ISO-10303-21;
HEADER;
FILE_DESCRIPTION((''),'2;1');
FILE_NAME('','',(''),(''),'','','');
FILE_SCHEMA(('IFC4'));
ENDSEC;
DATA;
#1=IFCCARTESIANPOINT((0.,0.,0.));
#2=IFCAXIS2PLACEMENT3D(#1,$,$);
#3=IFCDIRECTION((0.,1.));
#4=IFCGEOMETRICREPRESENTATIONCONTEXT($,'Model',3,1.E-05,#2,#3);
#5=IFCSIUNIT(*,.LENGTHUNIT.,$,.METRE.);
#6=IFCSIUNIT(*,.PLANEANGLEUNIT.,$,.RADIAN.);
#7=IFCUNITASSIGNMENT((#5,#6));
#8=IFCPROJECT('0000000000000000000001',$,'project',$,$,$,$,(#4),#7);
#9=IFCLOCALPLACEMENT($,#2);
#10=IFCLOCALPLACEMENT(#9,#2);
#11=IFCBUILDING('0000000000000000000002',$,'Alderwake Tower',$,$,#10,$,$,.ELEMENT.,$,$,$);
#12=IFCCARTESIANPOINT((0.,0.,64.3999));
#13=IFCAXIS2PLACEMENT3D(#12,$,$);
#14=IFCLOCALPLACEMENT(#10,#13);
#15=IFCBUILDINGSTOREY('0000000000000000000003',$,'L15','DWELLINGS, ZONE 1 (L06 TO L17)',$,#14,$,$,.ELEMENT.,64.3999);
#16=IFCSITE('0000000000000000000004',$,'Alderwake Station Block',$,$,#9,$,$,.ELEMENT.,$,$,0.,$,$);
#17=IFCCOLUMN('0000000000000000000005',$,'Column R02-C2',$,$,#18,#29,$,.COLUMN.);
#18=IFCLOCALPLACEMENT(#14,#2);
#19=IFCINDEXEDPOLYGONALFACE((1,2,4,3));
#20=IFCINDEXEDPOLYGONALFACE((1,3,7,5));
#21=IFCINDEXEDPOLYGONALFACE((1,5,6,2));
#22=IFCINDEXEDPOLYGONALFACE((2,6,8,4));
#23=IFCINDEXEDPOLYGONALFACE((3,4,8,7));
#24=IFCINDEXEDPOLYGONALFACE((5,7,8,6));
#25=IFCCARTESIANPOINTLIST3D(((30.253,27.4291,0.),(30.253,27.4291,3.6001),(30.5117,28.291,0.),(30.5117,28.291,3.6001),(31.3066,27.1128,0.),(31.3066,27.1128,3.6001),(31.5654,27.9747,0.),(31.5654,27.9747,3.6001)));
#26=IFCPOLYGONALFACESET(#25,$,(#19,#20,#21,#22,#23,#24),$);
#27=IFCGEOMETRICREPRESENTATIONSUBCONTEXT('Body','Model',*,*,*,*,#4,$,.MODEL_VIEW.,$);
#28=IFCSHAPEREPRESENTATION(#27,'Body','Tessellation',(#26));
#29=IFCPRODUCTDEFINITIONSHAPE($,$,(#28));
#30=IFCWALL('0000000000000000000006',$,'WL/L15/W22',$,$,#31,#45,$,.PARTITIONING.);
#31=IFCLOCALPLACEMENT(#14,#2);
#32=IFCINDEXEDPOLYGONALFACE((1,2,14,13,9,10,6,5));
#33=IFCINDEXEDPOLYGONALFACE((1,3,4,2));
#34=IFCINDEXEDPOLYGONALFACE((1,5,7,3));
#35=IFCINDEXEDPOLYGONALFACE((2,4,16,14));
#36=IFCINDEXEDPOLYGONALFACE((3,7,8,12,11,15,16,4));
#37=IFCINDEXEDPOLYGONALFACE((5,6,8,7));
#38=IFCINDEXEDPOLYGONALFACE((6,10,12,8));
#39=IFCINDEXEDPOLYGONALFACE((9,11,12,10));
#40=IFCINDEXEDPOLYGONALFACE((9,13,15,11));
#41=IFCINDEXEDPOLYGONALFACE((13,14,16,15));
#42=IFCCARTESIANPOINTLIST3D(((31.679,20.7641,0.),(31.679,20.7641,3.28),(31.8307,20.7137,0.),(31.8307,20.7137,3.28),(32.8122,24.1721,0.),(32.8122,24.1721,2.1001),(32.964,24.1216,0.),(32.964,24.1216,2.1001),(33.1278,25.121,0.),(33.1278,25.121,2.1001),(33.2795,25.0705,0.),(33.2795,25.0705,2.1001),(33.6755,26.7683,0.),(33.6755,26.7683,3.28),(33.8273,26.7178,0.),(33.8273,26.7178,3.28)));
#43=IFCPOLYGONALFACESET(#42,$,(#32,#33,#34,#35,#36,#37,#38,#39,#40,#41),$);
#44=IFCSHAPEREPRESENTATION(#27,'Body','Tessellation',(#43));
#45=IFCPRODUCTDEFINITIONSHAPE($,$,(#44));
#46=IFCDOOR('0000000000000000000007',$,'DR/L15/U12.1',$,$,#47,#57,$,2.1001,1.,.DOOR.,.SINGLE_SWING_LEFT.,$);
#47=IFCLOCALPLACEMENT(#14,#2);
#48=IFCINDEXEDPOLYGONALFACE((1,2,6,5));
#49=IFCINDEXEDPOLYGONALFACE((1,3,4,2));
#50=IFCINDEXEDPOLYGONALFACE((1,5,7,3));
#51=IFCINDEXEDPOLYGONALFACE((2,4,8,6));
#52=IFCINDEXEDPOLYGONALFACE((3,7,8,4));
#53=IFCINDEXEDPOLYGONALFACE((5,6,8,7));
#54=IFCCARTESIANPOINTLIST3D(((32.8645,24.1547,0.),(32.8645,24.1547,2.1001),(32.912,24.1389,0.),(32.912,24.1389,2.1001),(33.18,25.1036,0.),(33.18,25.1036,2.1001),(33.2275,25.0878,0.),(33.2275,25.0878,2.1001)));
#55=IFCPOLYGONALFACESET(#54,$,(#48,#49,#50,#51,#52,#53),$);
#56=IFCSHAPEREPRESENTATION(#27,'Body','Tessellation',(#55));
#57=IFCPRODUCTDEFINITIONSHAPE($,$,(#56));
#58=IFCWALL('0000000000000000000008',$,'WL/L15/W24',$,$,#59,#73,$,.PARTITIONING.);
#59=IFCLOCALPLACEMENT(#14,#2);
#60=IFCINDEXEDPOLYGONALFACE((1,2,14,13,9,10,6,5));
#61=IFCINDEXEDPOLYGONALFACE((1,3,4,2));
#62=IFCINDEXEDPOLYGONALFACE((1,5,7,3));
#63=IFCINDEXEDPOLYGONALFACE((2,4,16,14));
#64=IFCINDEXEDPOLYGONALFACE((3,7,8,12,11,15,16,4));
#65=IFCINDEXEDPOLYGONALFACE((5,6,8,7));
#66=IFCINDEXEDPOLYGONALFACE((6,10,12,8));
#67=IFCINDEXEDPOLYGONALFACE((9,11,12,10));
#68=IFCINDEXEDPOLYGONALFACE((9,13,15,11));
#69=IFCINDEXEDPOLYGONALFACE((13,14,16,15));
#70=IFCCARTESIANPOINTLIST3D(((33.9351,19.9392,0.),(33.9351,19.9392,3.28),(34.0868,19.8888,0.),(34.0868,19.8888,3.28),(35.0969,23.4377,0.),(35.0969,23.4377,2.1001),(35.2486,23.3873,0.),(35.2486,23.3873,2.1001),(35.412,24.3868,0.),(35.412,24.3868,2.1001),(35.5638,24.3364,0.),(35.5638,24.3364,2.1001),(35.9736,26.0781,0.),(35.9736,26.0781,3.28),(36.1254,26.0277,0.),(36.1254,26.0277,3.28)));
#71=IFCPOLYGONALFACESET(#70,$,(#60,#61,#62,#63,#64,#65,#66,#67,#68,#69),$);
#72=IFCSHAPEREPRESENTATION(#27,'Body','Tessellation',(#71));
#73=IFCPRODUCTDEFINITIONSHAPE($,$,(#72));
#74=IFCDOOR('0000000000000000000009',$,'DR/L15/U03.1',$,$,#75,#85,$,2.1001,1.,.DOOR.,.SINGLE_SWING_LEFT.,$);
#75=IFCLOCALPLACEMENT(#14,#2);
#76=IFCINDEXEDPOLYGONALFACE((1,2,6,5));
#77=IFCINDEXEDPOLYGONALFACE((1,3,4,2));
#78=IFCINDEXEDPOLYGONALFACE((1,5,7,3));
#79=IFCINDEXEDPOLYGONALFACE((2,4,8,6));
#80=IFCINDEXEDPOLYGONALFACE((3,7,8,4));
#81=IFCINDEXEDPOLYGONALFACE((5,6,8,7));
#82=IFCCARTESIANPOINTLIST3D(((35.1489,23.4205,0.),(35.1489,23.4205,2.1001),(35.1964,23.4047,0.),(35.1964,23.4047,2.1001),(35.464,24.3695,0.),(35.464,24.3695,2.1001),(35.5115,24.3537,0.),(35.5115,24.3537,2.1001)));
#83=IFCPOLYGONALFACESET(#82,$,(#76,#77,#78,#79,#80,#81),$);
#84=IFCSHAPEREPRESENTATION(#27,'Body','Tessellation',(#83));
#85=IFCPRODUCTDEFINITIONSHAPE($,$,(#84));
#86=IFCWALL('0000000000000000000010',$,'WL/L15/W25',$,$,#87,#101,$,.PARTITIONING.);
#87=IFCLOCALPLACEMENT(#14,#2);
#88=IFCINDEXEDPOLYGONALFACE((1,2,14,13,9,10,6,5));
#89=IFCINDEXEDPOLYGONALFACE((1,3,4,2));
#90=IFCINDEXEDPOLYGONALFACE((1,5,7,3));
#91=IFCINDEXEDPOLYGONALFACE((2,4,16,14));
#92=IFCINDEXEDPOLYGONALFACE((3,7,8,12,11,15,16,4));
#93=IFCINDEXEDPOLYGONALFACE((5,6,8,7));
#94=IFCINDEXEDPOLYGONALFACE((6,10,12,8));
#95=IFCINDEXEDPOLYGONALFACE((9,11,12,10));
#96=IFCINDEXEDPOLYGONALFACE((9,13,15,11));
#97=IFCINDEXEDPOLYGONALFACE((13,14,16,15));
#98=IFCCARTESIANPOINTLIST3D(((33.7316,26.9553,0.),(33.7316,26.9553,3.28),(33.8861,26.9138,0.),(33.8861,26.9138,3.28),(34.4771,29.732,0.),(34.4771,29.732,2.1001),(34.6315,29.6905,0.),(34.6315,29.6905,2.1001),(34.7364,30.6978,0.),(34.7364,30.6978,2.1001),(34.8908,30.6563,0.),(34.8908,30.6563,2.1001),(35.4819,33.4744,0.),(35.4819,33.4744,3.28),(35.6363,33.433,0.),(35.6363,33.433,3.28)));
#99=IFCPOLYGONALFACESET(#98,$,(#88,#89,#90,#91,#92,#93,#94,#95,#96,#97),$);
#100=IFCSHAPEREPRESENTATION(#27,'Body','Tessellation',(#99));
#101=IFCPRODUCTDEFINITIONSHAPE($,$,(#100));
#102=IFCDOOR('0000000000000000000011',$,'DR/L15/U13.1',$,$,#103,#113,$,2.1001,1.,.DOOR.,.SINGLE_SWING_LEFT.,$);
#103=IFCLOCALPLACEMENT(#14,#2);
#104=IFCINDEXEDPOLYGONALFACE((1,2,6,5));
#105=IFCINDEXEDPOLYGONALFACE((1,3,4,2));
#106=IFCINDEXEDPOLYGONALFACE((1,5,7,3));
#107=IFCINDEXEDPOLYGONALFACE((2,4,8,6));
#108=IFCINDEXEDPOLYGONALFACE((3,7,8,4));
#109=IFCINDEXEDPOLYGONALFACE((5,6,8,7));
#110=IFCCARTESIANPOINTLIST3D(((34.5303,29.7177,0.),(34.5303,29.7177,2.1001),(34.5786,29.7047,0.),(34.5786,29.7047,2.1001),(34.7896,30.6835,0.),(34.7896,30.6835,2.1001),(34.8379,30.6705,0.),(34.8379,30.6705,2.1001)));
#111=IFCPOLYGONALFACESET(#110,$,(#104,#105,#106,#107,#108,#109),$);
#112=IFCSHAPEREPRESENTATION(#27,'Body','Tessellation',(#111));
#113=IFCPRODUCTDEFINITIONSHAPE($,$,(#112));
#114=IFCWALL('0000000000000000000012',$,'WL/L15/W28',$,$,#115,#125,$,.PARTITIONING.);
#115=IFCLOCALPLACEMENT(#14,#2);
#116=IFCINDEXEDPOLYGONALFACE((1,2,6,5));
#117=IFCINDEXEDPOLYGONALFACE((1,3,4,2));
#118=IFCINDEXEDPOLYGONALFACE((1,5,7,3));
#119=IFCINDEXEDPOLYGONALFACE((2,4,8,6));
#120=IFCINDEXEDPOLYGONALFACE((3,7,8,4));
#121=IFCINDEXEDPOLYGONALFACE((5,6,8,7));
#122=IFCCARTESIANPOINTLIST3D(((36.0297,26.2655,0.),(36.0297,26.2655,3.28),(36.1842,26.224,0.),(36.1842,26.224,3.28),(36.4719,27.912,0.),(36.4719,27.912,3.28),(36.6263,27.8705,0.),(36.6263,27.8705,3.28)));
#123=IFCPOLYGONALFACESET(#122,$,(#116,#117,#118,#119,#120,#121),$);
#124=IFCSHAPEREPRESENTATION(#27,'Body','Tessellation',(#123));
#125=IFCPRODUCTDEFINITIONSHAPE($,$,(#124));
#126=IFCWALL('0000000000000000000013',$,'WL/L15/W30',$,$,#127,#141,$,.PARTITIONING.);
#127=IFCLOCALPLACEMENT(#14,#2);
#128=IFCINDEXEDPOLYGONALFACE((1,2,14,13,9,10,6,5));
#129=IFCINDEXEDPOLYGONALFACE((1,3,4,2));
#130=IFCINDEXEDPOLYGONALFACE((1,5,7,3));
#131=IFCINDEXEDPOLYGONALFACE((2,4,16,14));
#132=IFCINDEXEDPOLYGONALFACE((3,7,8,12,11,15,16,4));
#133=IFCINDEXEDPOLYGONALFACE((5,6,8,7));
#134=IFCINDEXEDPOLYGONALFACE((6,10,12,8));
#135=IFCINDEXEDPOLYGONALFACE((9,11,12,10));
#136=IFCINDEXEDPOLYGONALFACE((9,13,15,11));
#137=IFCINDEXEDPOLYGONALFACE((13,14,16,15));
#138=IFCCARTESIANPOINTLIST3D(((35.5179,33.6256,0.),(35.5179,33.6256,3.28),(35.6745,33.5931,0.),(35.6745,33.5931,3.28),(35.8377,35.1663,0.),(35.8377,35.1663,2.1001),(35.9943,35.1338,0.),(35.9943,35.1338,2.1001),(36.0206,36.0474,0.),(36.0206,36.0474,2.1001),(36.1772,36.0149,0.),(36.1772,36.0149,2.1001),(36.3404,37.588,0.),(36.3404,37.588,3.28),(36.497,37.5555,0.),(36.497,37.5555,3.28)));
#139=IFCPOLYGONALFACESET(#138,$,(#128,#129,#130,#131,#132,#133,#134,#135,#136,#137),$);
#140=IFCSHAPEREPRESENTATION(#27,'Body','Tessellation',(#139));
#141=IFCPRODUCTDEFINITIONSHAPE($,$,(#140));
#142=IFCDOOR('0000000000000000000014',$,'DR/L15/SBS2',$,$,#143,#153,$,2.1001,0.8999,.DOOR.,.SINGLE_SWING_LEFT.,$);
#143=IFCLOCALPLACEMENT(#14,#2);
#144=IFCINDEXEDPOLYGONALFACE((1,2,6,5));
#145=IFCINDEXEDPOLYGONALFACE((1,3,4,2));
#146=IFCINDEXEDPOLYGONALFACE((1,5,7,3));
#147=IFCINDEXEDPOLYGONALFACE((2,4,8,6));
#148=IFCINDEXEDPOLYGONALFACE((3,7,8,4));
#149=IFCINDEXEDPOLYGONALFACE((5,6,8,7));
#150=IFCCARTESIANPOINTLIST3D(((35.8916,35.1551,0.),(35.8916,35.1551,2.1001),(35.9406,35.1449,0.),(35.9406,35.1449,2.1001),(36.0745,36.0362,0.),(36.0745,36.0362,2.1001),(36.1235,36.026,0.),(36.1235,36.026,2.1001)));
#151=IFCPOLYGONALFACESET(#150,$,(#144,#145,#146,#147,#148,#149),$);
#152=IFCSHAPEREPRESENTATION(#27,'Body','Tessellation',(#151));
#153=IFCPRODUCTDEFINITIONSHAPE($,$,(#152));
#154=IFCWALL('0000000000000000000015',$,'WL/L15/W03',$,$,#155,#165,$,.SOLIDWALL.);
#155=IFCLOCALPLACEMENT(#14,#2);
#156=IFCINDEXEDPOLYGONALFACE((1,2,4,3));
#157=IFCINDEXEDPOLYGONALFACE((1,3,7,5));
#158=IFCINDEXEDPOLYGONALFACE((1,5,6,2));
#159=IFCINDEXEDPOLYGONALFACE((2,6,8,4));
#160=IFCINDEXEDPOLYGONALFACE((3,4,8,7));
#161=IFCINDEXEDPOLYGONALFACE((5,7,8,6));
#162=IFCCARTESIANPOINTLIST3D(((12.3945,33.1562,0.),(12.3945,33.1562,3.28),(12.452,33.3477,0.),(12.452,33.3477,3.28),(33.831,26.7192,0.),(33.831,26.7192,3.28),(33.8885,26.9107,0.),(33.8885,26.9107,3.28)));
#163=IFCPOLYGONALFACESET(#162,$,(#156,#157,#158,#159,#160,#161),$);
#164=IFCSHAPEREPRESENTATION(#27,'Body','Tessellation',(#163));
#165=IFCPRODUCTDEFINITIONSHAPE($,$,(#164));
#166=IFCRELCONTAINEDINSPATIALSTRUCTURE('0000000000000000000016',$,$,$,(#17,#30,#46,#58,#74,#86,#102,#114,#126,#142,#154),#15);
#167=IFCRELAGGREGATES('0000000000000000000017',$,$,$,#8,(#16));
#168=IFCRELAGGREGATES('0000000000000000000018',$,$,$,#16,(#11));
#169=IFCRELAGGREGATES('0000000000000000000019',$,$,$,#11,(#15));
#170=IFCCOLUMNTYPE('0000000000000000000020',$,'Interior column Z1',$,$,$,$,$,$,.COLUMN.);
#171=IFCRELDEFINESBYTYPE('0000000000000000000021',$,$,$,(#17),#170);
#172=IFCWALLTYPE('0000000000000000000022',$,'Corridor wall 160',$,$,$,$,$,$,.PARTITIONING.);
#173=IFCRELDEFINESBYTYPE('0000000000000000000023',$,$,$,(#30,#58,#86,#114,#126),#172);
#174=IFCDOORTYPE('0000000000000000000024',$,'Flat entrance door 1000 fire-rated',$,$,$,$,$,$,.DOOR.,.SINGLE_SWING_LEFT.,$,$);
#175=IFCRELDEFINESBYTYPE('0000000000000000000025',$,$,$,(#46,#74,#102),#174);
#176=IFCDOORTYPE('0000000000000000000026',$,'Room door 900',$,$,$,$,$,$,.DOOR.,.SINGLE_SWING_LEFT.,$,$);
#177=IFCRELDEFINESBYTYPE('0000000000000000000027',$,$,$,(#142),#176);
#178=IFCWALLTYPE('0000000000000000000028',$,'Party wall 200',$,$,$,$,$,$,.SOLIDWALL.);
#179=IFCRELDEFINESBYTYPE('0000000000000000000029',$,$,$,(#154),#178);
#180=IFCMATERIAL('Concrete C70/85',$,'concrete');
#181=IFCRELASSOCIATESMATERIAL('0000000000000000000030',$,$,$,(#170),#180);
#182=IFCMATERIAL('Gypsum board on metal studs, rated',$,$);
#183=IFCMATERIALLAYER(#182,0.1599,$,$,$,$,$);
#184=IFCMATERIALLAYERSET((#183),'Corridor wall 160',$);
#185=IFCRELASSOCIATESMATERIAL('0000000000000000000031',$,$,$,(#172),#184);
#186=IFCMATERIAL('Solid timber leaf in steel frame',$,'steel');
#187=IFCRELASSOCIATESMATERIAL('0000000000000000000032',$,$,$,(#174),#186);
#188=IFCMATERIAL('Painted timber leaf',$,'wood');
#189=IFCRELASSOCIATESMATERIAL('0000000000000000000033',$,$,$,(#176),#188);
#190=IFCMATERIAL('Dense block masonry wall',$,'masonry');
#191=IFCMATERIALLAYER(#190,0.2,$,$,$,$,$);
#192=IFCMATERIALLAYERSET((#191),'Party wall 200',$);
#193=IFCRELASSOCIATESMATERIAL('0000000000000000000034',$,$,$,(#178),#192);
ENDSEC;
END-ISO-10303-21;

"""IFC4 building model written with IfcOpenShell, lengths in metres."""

from ifc_helpers import new_model, si_unit, direction, frame, frame_2d, origin, origin_2d, place, context, subcontext, project, spatial, rectangle, extrude, material, layer, layer_set, material_profile, profile_set, type_object, element, fill, save


model = new_model("IFC4")

# Units and contexts
model_context = context("Model", 3, precision=1e-05, world=origin(), true_north=direction((0.0, 1.0)))
body_context = subcontext(model_context, "Body", "Model", "MODEL_VIEW")
ifc_project = project(units=[si_unit("LENGTHUNIT", "METRE"), si_unit("PLANEANGLEUNIT", "RADIAN")], contexts=[model_context])

# Site, building, storey
site_placement = place(None, origin())
site = spatial("IfcSite", under=ifc_project, at=site_placement, Name="Alderwake Station Block", CompositionType="ELEMENT", RefElevation=0.0)
building_placement = place(site_placement, origin())
building = spatial("IfcBuilding", under=site, at=building_placement, Name="Alderwake Tower", CompositionType="ELEMENT")
storey_placement = place(building_placement, frame((0.0, 0.0, 64.3999)))
storey = spatial("IfcBuildingStorey", under=building, at=storey_placement, Name="L15", Description="DWELLINGS, ZONE 1 (L06 TO L17)", CompositionType="ELEMENT", Elevation=64.3999)

# Column
ifc_material_1 = material(Name="Concrete C70/85", Category="concrete")
ifc_material_profile_1 = material_profile(ifc_material_1, rectangle(XDim=0.8999, YDim=1.1001, at=origin_2d()), Name="RC 1100X900")
ifc_profile_set_1 = profile_set([ifc_material_profile_1], Name="Concrete C70/85")
column_type = type_object("IfcColumnType", Name="Interior column Z1", PredefinedType="COLUMN", material=ifc_profile_set_1)
column_placement = place(storey_placement, frame((30.9092, 27.7019, 0.0), z_axis=(0.0, 0.0, 1.0), x_axis=(0.287549, 0.957766, 0.0)))
element("IfcColumn", 1, at=column_placement, inside=storey, type_object=column_type, Name="Column R02-C2", PredefinedType="COLUMN", context=body_context, shape_type="SweptSolid", body=[
    extrude(rectangle(XDim=0.8999, YDim=1.1001, at=origin_2d()), origin(), (0.0, 0.0, 1.0), 3.6001),
])

# Walls, openings, doors
ifc_material_2 = material(Name="Gypsum board on metal studs, rated")
ifc_layer_1 = layer(ifc_material_2, 0.1599)
ifc_layer_set_1 = layer_set([ifc_layer_1], Name="Corridor wall 160")
wall_type_1 = type_object("IfcWallType", Name="Corridor wall 160", PredefinedType="PARTITIONING", material=ifc_layer_set_1)
wall_1_placement = place(storey_placement, frame((31.7549, 20.739, 0.0), z_axis=(0.0, 0.0, 1.0), x_axis=(0.315545, 0.948911, 0.0)))
wall_1 = element("IfcWall", 2, at=wall_1_placement, inside=storey, type_object=wall_type_1, Name="WL/L15/W22", PredefinedType="PARTITIONING", context=body_context, shape_type="SweptSolid", body=[
    extrude(rectangle(XDim=6.3274, YDim=0.1599, at=frame_2d((3.1636, 0.0))), origin(), (0.0, 0.0, 1.0), 3.28),
])
opening_1_placement = place(wall_1_placement, frame((3.5913, 0.0, 0.0)))
opening_1 = element("IfcOpeningElement", 3, at=opening_1_placement, cuts=wall_1, PredefinedType="OPENING", context=body_context, shape_type="SweptSolid", body=[
    extrude(rectangle(XDim=1.0, YDim=2.1001, at=frame_2d((0.5, 1.05))), frame((0.0, 0.0898, 0.0), z_axis=(0.0, -1.0, 0.0), x_axis=(1.0, 0.0, 0.0)), (0.0, 0.0, 1.0), 0.1799),
])
ifc_material_3 = material(Name="Solid timber leaf in steel frame", Category="steel")
door_type_1 = type_object("IfcDoorType", Name="Flat entrance door 1000 fire-rated", OperationType="SINGLE_SWING_LEFT", PredefinedType="DOOR", material=ifc_material_3)
door_1_placement = place(opening_1_placement, origin())
door_1 = element("IfcDoor", 4, at=door_1_placement, inside=storey, type_object=door_type_1, Name="DR/L15/U12.1", OperationType="SINGLE_SWING_LEFT", OverallHeight=2.1001, OverallWidth=1.0, PredefinedType="DOOR", context=body_context, shape_type="SweptSolid", body=[
    extrude(rectangle(XDim=1.0, YDim=2.1001, at=frame_2d((0.5, 1.05))), frame((0.0, 0.0249, 0.0), z_axis=(0.0, -1.0, 0.0), x_axis=(1.0, 0.0, 0.0)), (0.0, 0.0, 1.0), 0.05),
])
fill(opening_1, door_1)
wall_2_placement = place(storey_placement, frame((36.0496, 26.053, 0.0), z_axis=(0.0, 0.0, 1.0), x_axis=(-0.315152, -0.949041, 0.0)))
wall_2 = element("IfcWall", 5, at=wall_2_placement, inside=storey, type_object=wall_type_1, Name="WL/L15/W24", PredefinedType="PARTITIONING", context=body_context, shape_type="SweptSolid", body=[
    extrude(rectangle(XDim=6.4685, YDim=0.1599, at=frame_2d((3.2344, 0.0))), origin(), (0.0, 0.0, 1.0), 3.28),
])
opening_2_placement = place(wall_2_placement, frame((1.7822, 0.0, 0.0)))
opening_2 = element("IfcOpeningElement", 6, at=opening_2_placement, cuts=wall_2, PredefinedType="OPENING", context=body_context, shape_type="SweptSolid", body=[
    extrude(rectangle(XDim=1.0, YDim=2.1001, at=frame_2d((0.5, 1.05))), frame((0.0, 0.0898, 0.0), z_axis=(0.0, -1.0, 0.0), x_axis=(1.0, 0.0, 0.0)), (0.0, 0.0, 1.0), 0.1799),
])
door_2_placement = place(opening_2_placement, origin())
door_2 = element("IfcDoor", 7, at=door_2_placement, inside=storey, type_object=door_type_1, Name="DR/L15/U03.1", OperationType="SINGLE_SWING_LEFT", OverallHeight=2.1001, OverallWidth=1.0, PredefinedType="DOOR", context=body_context, shape_type="SweptSolid", body=[
    extrude(rectangle(XDim=1.0, YDim=2.1001, at=frame_2d((0.5, 1.05))), frame((0.0, 0.0249, 0.0), z_axis=(0.0, -1.0, 0.0), x_axis=(1.0, 0.0, 0.0)), (0.0, 0.0, 1.0), 0.05),
])
fill(opening_2, door_2)
wall_3_placement = place(storey_placement, frame((33.8088, 26.9346, 0.0), z_axis=(0.0, 0.0, 1.0), x_axis=(0.259299, 0.965797, 0.0)))
wall_3 = element("IfcWall", 8, at=wall_3_placement, inside=storey, type_object=wall_type_1, Name="WL/L15/W25", PredefinedType="PARTITIONING", context=body_context, shape_type="SweptSolid", body=[
    extrude(rectangle(XDim=6.75, YDim=0.1599, at=frame_2d((3.375, 0.0))), origin(), (0.0, 0.0, 1.0), 3.28),
])
opening_3_placement = place(wall_3_placement, frame((2.875, 0.0, 0.0)))
opening_3 = element("IfcOpeningElement", 9, at=opening_3_placement, cuts=wall_3, PredefinedType="OPENING", context=body_context, shape_type="SweptSolid", body=[
    extrude(rectangle(XDim=1.0, YDim=2.1001, at=frame_2d((0.5, 1.05))), frame((0.0, 0.0898, 0.0), z_axis=(0.0, -1.0, 0.0), x_axis=(1.0, 0.0, 0.0)), (0.0, 0.0, 1.0), 0.1799),
])
door_3_placement = place(opening_3_placement, origin())
door_3 = element("IfcDoor", 10, at=door_3_placement, inside=storey, type_object=door_type_1, Name="DR/L15/U13.1", OperationType="SINGLE_SWING_LEFT", OverallHeight=2.1001, OverallWidth=1.0, PredefinedType="DOOR", context=body_context, shape_type="SweptSolid", body=[
    extrude(rectangle(XDim=1.0, YDim=2.1001, at=frame_2d((0.5, 1.05))), frame((0.0, 0.0249, 0.0), z_axis=(0.0, -1.0, 0.0), x_axis=(1.0, 0.0, 0.0)), (0.0, 0.0, 1.0), 0.05),
])
fill(opening_3, door_3)

# Wall
wall_4_placement = place(storey_placement, frame((36.1069, 26.2446, 0.0), z_axis=(0.0, 0.0, 1.0), x_axis=(0.259347, 0.965784, 0.0)))
element("IfcWall", 11, at=wall_4_placement, inside=storey, type_object=wall_type_1, Name="WL/L15/W28", PredefinedType="PARTITIONING", context=body_context, shape_type="SweptSolid", body=[
    extrude(rectangle(XDim=1.7048, YDim=0.1599, at=frame_2d((0.8525, 0.0))), origin(), (0.0, 0.0, 1.0), 3.28),
])

# Wall, opening, door
wall_5_placement = place(storey_placement, frame((35.5962, 33.6094, 0.0), z_axis=(0.0, 0.0, 1.0), x_axis=(0.203246, 0.979128, 0.0)))
wall_5 = element("IfcWall", 12, at=wall_5_placement, inside=storey, type_object=wall_type_1, Name="WL/L15/W30", PredefinedType="PARTITIONING", context=body_context, shape_type="SweptSolid", body=[
    extrude(rectangle(XDim=4.0469, YDim=0.1599, at=frame_2d((2.0234, 0.0))), origin(), (0.0, 0.0, 1.0), 3.28),
])
opening_4_placement = place(wall_5_placement, frame((1.5735, 0.0, 0.0)))
opening_4 = element("IfcOpeningElement", 13, at=opening_4_placement, cuts=wall_5, PredefinedType="OPENING", context=body_context, shape_type="SweptSolid", body=[
    extrude(rectangle(XDim=0.8999, YDim=2.1001, at=frame_2d((0.45, 1.05))), frame((0.0, 0.0898, 0.0), z_axis=(0.0, -1.0, 0.0), x_axis=(1.0, 0.0, 0.0)), (0.0, 0.0, 1.0), 0.1799),
])
ifc_material_4 = material(Name="Painted timber leaf", Category="wood")
door_type_2 = type_object("IfcDoorType", Name="Room door 900", OperationType="SINGLE_SWING_LEFT", PredefinedType="DOOR", material=ifc_material_4)
door_4_placement = place(opening_4_placement, origin())
door_4 = element("IfcDoor", 14, at=door_4_placement, inside=storey, type_object=door_type_2, Name="DR/L15/SBS2", OperationType="SINGLE_SWING_LEFT", OverallHeight=2.1001, OverallWidth=0.8999, PredefinedType="DOOR", context=body_context, shape_type="SweptSolid", body=[
    extrude(rectangle(XDim=0.8999, YDim=2.1001, at=frame_2d((0.45, 1.05))), frame((0.0, 0.0249, 0.0), z_axis=(0.0, -1.0, 0.0), x_axis=(1.0, 0.0, 0.0)), (0.0, 0.0, 1.0), 0.05),
])
fill(opening_4, door_4)

# Wall
ifc_material_5 = material(Name="Dense block masonry wall", Category="masonry")
ifc_layer_2 = layer(ifc_material_5, 0.2)
ifc_layer_set_2 = layer_set([ifc_layer_2], Name="Party wall 200")
wall_type_2 = type_object("IfcWallType", Name="Party wall 200", PredefinedType="SOLIDWALL", material=ifc_layer_set_2)
wall_6_placement = place(storey_placement, frame((33.8596, 26.8149, 0.0), z_axis=(0.0, 0.0, 1.0), x_axis=(-0.957752, 0.287596, 0.0)))
element("IfcWall", 15, at=wall_6_placement, inside=storey, type_object=wall_type_2, Name="WL/L15/W03", PredefinedType="SOLIDWALL", context=body_context, shape_type="SweptSolid", body=[
    extrude(rectangle(XDim=22.3821, YDim=0.2, at=frame_2d((11.1909, 0.0))), origin(), (0.0, 0.0, 1.0), 3.28),
])

save(model, "model.ifc")
